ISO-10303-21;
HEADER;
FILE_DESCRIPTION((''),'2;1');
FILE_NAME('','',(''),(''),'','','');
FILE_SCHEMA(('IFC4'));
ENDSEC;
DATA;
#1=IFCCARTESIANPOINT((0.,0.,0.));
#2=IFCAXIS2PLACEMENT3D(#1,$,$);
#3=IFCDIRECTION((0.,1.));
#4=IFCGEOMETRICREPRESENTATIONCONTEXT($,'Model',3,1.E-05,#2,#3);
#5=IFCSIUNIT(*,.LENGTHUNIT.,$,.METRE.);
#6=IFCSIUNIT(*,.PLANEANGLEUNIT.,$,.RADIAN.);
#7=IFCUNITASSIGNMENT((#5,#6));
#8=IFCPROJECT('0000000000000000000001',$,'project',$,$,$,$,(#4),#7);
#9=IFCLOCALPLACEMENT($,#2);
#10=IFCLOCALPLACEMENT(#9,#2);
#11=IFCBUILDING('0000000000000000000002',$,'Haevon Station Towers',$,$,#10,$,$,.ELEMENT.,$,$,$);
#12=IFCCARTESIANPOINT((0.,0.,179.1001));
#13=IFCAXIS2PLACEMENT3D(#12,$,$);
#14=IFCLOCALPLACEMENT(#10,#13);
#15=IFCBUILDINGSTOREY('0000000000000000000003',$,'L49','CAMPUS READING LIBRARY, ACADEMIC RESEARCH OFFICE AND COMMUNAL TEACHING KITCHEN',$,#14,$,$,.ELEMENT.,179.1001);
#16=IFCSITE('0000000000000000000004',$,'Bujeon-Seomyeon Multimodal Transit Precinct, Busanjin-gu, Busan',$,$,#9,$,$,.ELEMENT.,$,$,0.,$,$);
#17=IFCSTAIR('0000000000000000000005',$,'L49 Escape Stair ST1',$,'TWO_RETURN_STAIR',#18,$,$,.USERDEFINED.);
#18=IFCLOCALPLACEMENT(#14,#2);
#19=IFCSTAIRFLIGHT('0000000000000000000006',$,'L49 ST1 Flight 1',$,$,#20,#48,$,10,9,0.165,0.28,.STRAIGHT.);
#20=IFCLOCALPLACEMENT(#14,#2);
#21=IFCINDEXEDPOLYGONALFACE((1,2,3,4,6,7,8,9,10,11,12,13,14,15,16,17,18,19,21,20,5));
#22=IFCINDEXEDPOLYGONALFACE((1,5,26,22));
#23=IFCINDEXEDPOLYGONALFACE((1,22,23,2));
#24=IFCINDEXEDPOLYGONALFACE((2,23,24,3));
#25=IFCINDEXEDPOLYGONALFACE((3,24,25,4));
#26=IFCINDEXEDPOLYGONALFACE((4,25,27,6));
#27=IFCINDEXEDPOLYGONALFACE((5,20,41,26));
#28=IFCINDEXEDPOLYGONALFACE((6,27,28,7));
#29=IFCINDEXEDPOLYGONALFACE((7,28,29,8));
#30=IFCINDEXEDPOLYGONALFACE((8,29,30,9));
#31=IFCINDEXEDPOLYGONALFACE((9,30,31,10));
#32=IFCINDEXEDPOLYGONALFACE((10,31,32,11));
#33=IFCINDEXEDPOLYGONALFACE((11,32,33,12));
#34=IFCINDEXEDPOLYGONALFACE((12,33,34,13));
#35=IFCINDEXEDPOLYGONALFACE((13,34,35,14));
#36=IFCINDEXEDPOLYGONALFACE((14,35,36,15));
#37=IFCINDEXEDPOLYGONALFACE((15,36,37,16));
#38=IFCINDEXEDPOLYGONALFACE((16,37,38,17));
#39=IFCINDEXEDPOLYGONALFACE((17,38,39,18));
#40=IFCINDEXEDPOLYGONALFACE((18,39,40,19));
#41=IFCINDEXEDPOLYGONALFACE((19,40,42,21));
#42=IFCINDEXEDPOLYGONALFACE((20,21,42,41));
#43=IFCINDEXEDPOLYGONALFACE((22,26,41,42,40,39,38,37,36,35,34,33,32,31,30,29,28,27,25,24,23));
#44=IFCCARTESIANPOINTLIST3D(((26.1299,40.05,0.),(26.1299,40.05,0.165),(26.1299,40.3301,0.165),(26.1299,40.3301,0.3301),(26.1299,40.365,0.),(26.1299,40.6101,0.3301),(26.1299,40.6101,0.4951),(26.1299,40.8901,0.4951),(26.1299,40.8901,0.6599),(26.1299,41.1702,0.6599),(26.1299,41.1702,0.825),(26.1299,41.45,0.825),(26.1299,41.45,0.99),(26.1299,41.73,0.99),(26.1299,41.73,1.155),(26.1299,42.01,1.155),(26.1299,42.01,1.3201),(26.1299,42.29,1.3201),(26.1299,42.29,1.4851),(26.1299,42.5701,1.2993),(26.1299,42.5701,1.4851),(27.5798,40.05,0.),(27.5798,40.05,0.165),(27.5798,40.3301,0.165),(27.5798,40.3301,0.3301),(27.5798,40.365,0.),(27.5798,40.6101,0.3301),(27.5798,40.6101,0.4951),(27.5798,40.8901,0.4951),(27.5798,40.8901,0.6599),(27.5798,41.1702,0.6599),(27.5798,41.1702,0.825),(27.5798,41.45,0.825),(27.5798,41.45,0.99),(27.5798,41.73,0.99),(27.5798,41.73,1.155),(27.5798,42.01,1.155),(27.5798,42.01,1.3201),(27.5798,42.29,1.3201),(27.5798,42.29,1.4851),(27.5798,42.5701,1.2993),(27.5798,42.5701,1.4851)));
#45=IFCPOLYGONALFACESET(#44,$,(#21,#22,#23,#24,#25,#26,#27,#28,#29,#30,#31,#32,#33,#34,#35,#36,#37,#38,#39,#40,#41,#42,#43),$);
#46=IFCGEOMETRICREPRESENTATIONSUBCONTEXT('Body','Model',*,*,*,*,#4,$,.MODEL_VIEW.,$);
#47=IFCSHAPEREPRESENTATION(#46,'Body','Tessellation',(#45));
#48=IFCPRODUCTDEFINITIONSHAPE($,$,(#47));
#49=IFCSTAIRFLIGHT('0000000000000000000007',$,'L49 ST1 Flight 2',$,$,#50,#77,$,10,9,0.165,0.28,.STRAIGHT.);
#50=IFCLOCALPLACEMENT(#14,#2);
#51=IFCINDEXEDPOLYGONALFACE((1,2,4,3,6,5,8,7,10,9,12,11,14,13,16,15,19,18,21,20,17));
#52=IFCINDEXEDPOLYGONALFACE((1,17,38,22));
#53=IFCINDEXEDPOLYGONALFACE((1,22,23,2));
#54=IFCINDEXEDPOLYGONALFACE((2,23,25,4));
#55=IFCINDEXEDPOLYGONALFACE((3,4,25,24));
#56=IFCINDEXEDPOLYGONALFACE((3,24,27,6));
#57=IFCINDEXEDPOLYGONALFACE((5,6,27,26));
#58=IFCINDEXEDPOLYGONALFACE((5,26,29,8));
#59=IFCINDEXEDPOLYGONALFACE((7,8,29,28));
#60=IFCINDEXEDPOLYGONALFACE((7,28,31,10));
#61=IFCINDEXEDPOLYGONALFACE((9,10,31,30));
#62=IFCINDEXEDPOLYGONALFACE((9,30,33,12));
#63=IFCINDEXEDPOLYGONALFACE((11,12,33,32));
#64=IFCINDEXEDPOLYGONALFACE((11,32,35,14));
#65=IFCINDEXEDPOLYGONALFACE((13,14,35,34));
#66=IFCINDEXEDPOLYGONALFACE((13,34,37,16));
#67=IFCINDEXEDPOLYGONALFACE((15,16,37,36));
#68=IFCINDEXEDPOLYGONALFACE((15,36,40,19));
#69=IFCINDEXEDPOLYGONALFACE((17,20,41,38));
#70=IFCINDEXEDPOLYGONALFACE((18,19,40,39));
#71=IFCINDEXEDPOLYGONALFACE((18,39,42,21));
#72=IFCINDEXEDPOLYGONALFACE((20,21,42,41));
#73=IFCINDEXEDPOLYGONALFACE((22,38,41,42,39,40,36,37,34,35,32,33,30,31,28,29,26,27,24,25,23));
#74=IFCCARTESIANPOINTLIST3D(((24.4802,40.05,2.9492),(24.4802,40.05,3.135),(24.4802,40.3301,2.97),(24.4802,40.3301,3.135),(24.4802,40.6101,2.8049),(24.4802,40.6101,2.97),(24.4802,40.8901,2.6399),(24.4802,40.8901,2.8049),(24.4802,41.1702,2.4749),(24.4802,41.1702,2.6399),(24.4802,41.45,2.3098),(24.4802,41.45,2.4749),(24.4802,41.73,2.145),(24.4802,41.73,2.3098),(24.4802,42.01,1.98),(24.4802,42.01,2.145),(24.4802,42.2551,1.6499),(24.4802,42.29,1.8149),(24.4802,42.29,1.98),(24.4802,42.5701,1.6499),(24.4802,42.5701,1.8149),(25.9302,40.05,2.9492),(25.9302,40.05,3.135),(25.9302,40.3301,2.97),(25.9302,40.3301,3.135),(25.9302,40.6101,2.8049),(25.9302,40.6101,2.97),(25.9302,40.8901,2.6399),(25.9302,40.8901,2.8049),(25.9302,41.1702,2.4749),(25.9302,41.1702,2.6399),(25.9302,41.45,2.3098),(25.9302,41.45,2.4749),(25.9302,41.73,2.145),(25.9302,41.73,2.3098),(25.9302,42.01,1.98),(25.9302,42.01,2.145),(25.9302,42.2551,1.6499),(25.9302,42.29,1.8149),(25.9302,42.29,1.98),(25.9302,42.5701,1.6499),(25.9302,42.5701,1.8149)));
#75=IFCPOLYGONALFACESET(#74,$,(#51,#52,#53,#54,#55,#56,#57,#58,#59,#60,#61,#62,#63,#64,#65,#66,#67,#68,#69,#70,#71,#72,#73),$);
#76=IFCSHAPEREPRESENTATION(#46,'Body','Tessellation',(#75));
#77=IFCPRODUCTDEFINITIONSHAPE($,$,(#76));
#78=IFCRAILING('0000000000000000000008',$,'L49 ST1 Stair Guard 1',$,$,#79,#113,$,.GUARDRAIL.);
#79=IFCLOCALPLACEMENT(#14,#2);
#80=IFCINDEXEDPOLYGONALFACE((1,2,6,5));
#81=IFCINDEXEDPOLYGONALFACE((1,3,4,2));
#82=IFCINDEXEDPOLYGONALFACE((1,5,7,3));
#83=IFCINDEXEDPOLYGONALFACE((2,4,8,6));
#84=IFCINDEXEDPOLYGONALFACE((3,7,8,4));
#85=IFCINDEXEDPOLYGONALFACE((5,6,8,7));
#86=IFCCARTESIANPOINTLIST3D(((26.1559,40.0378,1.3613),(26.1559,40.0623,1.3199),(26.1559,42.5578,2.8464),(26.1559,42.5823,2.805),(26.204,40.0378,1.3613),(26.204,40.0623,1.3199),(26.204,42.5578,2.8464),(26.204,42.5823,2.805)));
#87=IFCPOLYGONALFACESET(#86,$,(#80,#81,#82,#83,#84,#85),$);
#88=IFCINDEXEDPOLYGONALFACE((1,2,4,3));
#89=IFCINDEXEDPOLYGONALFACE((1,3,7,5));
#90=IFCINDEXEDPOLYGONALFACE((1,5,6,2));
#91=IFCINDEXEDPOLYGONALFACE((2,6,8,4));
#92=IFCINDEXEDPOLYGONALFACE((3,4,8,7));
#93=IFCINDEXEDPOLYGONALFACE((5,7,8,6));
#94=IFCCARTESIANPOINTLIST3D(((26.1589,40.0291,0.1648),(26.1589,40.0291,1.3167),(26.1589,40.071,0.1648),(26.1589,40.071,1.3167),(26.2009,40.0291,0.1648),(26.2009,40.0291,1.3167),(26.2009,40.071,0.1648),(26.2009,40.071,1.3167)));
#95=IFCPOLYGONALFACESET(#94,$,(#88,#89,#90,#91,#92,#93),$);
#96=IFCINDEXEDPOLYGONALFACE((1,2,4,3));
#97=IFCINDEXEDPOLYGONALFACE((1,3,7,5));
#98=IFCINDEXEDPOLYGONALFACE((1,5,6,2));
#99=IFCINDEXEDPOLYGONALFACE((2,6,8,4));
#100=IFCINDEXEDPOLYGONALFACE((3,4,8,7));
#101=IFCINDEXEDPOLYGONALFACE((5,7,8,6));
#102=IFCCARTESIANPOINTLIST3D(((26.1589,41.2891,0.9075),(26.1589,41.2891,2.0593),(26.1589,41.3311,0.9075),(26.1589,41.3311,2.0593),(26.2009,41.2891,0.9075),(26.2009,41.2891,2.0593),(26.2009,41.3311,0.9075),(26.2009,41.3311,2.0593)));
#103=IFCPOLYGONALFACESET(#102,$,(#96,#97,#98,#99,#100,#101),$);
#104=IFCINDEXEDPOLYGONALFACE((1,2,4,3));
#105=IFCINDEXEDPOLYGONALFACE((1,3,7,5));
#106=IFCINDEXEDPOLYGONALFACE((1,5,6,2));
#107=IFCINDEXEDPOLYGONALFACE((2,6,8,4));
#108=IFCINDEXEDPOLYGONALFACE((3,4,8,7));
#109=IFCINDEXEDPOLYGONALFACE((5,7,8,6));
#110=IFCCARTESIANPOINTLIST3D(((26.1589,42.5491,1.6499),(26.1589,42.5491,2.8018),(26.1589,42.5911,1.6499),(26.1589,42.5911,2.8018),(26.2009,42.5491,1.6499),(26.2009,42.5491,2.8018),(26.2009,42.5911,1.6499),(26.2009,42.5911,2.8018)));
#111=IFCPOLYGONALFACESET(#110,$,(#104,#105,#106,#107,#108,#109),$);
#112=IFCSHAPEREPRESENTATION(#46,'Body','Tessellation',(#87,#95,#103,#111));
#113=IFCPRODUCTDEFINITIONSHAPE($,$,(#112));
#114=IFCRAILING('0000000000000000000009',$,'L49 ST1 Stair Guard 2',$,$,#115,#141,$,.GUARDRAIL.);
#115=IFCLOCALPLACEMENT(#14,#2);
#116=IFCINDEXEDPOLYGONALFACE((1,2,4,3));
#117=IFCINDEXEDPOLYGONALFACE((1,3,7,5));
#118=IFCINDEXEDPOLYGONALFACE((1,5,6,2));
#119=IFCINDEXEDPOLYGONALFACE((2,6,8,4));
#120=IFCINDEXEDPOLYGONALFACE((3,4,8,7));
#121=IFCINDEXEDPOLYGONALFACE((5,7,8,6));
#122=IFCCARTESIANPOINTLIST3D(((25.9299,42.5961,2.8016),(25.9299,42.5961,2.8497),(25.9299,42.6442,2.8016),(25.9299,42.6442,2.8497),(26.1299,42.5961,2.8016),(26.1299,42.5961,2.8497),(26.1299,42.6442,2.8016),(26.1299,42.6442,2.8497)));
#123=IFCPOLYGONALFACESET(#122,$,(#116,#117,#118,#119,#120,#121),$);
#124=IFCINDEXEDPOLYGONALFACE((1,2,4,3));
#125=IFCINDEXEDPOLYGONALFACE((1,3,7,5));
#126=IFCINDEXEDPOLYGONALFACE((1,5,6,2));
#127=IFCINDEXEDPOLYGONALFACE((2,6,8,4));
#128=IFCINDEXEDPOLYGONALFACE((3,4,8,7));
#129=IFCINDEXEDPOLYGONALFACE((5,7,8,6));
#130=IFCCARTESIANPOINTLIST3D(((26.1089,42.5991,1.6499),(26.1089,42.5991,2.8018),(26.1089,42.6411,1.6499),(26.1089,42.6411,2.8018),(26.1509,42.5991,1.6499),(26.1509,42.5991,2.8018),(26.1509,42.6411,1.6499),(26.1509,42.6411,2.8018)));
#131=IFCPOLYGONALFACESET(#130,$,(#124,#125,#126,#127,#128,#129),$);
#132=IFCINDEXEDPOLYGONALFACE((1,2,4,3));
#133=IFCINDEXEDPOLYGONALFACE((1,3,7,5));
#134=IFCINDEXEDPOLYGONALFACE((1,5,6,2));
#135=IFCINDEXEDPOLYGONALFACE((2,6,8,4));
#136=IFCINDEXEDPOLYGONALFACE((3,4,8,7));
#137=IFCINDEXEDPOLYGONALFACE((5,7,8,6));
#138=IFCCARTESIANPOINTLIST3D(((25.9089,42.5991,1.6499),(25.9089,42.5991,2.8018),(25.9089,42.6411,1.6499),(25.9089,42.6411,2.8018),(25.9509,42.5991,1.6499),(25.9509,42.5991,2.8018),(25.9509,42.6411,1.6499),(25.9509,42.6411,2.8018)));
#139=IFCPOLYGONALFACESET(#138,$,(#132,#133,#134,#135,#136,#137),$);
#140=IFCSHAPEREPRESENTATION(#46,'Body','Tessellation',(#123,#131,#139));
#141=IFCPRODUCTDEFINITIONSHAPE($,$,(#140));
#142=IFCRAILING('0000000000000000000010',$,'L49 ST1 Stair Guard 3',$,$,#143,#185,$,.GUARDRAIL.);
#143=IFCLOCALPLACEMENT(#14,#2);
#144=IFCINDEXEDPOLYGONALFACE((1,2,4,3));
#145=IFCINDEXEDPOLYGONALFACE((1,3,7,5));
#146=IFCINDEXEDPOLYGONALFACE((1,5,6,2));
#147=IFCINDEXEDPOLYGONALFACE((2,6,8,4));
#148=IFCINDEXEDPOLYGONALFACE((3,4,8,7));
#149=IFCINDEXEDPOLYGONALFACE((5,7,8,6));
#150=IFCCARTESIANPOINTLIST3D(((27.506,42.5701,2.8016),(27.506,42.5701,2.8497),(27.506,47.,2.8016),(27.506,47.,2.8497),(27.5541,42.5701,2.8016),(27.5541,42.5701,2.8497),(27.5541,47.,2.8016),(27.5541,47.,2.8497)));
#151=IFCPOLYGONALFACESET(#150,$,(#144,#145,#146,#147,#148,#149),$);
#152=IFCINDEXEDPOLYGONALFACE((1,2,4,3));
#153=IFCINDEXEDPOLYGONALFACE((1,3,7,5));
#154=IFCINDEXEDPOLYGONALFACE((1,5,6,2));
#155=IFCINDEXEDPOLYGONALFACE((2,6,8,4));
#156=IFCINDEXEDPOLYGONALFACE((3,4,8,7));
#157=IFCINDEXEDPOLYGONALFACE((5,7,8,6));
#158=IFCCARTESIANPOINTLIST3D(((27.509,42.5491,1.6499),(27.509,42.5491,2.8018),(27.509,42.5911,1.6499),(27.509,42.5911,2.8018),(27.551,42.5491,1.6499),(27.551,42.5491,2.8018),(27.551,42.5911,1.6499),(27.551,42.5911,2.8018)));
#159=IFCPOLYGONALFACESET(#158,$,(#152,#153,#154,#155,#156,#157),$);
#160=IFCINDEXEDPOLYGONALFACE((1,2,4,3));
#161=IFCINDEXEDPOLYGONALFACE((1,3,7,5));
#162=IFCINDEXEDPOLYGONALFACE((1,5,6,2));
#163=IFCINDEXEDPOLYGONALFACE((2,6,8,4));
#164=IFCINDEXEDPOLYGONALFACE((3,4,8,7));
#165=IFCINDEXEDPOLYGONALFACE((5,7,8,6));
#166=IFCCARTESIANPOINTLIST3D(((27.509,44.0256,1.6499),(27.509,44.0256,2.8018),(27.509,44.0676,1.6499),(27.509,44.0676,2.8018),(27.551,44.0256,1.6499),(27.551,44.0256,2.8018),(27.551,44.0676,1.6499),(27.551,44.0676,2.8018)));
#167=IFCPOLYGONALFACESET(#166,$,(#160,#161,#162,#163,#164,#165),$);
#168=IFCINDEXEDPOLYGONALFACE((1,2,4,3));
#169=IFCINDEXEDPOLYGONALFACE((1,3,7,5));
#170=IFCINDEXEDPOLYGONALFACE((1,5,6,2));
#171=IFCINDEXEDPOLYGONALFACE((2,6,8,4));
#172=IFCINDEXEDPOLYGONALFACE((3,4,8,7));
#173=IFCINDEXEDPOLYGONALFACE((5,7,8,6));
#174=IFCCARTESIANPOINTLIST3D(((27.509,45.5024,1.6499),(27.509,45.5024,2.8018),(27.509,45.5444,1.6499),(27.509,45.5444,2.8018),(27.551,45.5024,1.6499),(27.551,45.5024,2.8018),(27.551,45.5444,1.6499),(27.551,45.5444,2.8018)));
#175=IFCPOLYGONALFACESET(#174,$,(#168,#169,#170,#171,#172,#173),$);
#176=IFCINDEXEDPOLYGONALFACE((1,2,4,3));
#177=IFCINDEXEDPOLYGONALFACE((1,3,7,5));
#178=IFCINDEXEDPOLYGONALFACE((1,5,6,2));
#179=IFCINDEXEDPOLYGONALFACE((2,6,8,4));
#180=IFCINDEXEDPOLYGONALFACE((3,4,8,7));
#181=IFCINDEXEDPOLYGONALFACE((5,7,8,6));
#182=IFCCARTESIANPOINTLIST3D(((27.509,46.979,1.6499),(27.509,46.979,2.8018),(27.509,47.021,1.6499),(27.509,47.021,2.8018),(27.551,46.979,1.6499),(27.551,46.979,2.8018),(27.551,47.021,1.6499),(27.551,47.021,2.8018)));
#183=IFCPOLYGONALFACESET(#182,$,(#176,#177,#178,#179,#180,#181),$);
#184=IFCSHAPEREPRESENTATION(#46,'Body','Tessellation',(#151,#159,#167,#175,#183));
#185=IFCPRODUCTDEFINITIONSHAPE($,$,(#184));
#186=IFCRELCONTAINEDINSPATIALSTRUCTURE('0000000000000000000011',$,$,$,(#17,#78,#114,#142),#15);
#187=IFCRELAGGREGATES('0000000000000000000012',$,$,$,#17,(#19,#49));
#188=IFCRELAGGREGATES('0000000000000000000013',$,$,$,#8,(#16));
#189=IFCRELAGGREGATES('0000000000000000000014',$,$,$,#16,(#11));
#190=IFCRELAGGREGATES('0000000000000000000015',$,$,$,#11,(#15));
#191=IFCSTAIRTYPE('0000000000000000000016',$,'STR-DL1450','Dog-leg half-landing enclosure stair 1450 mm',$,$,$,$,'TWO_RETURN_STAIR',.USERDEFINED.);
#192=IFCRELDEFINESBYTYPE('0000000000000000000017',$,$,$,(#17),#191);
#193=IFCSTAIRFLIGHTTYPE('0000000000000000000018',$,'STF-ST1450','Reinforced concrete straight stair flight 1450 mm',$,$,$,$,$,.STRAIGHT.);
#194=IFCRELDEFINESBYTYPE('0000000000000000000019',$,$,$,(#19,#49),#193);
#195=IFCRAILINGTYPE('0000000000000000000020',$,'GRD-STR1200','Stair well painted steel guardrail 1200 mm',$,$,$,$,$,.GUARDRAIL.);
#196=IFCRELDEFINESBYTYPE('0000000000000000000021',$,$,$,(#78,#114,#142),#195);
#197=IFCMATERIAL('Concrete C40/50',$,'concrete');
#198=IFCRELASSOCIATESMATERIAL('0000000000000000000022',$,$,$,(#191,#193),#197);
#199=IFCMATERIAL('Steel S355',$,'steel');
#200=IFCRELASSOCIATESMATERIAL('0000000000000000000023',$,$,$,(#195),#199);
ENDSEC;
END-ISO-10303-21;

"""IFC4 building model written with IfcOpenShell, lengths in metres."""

from ifc_helpers import new_model, si_unit, direction, frame, origin, origin_2d, place, context, subcontext, project, spatial, polyline, rectangle, outline, extrude, material, type_object, element, aggregate, save


model = new_model("IFC4")

# Units and contexts
model_context = context("Model", 3, precision=1e-05, world=origin(), true_north=direction((0.0, 1.0)))
body_context = subcontext(model_context, "Body", "Model", "MODEL_VIEW")
ifc_project = project(units=[si_unit("LENGTHUNIT", "METRE"), si_unit("PLANEANGLEUNIT", "RADIAN")], contexts=[model_context])

# Site, building, storey
site_placement = place(None, origin())
site = spatial("IfcSite", under=ifc_project, at=site_placement, Name="Bujeon-Seomyeon Multimodal Transit Precinct, Busanjin-gu, Busan", CompositionType="ELEMENT", RefElevation=0.0)
building_placement = place(site_placement, origin())
building = spatial("IfcBuilding", under=site, at=building_placement, Name="Haevon Station Towers", CompositionType="ELEMENT")
storey_placement = place(building_placement, frame((0.0, 0.0, 179.1001)))
storey = spatial("IfcBuildingStorey", under=building, at=storey_placement, Name="L49", Description="CAMPUS READING LIBRARY, ACADEMIC RESEARCH OFFICE AND COMMUNAL TEACHING KITCHEN", CompositionType="ELEMENT", Elevation=179.1001)

# Shared definitions
ifc_material_1 = material(Name="Steel S355", Category="steel")

# Shared definitions
ifc_material_2 = material(Name="Concrete C40/50", Category="concrete")

# Stair, stair flights
stair_type = type_object("IfcStairType", Name="STR-DL1450", Description="Dog-leg half-landing enclosure stair 1450 mm", ElementType="TWO_RETURN_STAIR", PredefinedType="USERDEFINED", material=ifc_material_2)
stair_placement = place(storey_placement, origin())
stair = element("IfcStair", 1, at=stair_placement, inside=storey, type_object=stair_type, Name="L49 Escape Stair ST1", ObjectType="TWO_RETURN_STAIR", PredefinedType="USERDEFINED")
stair_flight_type = type_object("IfcStairFlightType", Name="STF-ST1450", Description="Reinforced concrete straight stair flight 1450 mm", PredefinedType="STRAIGHT", material=ifc_material_2)
stair_flight_1_placement = place(storey_placement, frame((26.855, 40.05, 0.0), z_axis=(0.0, 0.0, 1.0), x_axis=(0.0, 1.0, 0.0)))
stair_flight_1 = element("IfcStairFlight", 2, at=stair_flight_1_placement, type_object=stair_flight_type, Name="L49 ST1 Flight 1", NumberOfRisers=10, NumberOfTreads=9, PredefinedType="STRAIGHT", RiserHeight=0.165, TreadLength=0.28, context=body_context, shape_type="SweptSolid", body=[
    extrude(outline(polyline([(0.0, 0.0), (0.0, 0.165), (0.28, 0.165), (0.28, 0.3301), (0.5601, 0.3301), (0.5601, 0.4951), (0.8401, 0.4951), (0.8401, 0.6599), (1.1201, 0.6599), (1.1201, 0.825), (1.3999, 0.825), (1.3999, 0.99), (1.6799, 0.99), (1.6799, 1.155), (1.96, 1.155), (1.96, 1.3201), (2.24, 1.3201), (2.24, 1.4851), (2.52, 1.4851), (2.52, 1.6499), (2.52, 1.2993), (0.3149, 0.0), (0.0, 0.0)])), frame((0.0, 0.7251, 0.0), z_axis=(0.0, -1.0, 0.0), x_axis=(1.0, 0.0, 0.0)), (0.0, 0.0, 1.0), 1.45),
])
stair_flight_2_placement = place(storey_placement, frame((25.2051, 42.5701, 1.6499), z_axis=(0.0, 0.0, 1.0), x_axis=(0.0, -1.0, 0.0)))
stair_flight_2 = element("IfcStairFlight", 3, at=stair_flight_2_placement, type_object=stair_flight_type, Name="L49 ST1 Flight 2", NumberOfRisers=10, NumberOfTreads=9, PredefinedType="STRAIGHT", RiserHeight=0.165, TreadLength=0.28, context=body_context, shape_type="SweptSolid", body=[
    extrude(outline(polyline([(0.0, 0.0), (0.0, 0.165), (0.28, 0.165), (0.28, 0.3301), (0.5601, 0.3301), (0.5601, 0.4951), (0.8401, 0.4951), (0.8401, 0.6599), (1.1201, 0.6599), (1.1201, 0.825), (1.3999, 0.825), (1.3999, 0.99), (1.6799, 0.99), (1.6799, 1.155), (1.96, 1.155), (1.96, 1.3201), (2.24, 1.3201), (2.24, 1.4851), (2.52, 1.4851), (2.52, 1.6499), (2.52, 1.2993), (0.3149, 0.0), (0.0, 0.0)])), frame((0.0, 0.7251, 0.0), z_axis=(0.0, -1.0, 0.0), x_axis=(1.0, 0.0, 0.0)), (0.0, 0.0, 1.0), 1.45),
])
aggregate(stair, [stair_flight_1, stair_flight_2])

# Railings
railing_type_1 = type_object("IfcRailingType", Name="GRD-STR1200", Description="Stair well painted steel guardrail 1200 mm", PredefinedType="GUARDRAIL", material=ifc_material_1)
railing_1_placement = place(storey_placement, frame((26.1799, 40.05, 0.1648)))
element("IfcRailing", 4, at=railing_1_placement, inside=storey, type_object=railing_type_1, Name="L49 ST1 Stair Guard 1", PredefinedType="GUARDRAIL", context=body_context, shape_type="SweptSolid", body=[
    extrude(rectangle(XDim=0.0481, YDim=0.0481, at=origin_2d()), frame((0.0, 0.0, 1.1758), z_axis=(0.0, 0.861524, 0.507717), x_axis=(-1.0, 0.0, 0.0)), (0.0, 0.0, 1.0), 2.925),
    extrude(rectangle(XDim=0.042, YDim=0.042, at=origin_2d()), origin(), (0.0, 0.0, 1.0), 1.1519),
    extrude(rectangle(XDim=0.042, YDim=0.042, at=origin_2d()), frame((0.0, 1.26, 0.7427)), (0.0, 0.0, 1.0), 1.1519),
    extrude(rectangle(XDim=0.042, YDim=0.042, at=origin_2d()), frame((0.0, 2.52, 1.4851)), (0.0, 0.0, 1.0), 1.1519),
])
railing_2_placement = place(storey_placement, frame((26.1299, 42.6201, 1.6499)))
element("IfcRailing", 5, at=railing_2_placement, inside=storey, type_object=railing_type_1, Name="L49 ST1 Stair Guard 2", PredefinedType="GUARDRAIL", context=body_context, shape_type="SweptSolid", body=[
    extrude(rectangle(XDim=0.0481, YDim=0.0481, at=origin_2d()), frame((0.0, 0.0, 1.1758), z_axis=(-1.0, 0.0, 0.0), x_axis=(0.0, -1.0, 0.0)), (0.0, 0.0, 1.0), 0.2),
    extrude(rectangle(XDim=0.042, YDim=0.042, at=origin_2d()), origin(), (0.0, 0.0, 1.0), 1.1519),
    extrude(rectangle(XDim=0.042, YDim=0.042, at=origin_2d()), frame((-0.2, 0.0, 0.0)), (0.0, 0.0, 1.0), 1.1519),
])
for number, where, name in (
    (6, (27.53, 42.5701, 1.6499), "L49 ST1 Stair Guard 3"),
):
    element("IfcRailing", number, at=place(storey_placement, frame(where)), inside=storey, type_object=railing_type_1, Name=name, PredefinedType="GUARDRAIL", context=body_context, shape_type="SweptSolid", body=[
        extrude(rectangle(XDim=0.0481, YDim=0.0481, at=origin_2d()), frame((0.0, 0.0, 1.1758), z_axis=(0.0, 1.0, 0.0), x_axis=(-1.0, 0.0, 0.0)), (0.0, 0.0, 1.0), 4.4299),
        extrude(rectangle(XDim=0.042, YDim=0.042, at=origin_2d()), origin(), (0.0, 0.0, 1.0), 1.1519),
        extrude(rectangle(XDim=0.042, YDim=0.042, at=origin_2d()), frame((0.0, 1.4766, 0.0)), (0.0, 0.0, 1.0), 1.1519),
        extrude(rectangle(XDim=0.042, YDim=0.042, at=origin_2d()), frame((0.0, 2.9534, 0.0)), (0.0, 0.0, 1.0), 1.1519),
        extrude(rectangle(XDim=0.042, YDim=0.042, at=origin_2d()), frame((0.0, 4.4299, 0.0)), (0.0, 0.0, 1.0), 1.1519),
    ])

save(model, "model.ifc")
